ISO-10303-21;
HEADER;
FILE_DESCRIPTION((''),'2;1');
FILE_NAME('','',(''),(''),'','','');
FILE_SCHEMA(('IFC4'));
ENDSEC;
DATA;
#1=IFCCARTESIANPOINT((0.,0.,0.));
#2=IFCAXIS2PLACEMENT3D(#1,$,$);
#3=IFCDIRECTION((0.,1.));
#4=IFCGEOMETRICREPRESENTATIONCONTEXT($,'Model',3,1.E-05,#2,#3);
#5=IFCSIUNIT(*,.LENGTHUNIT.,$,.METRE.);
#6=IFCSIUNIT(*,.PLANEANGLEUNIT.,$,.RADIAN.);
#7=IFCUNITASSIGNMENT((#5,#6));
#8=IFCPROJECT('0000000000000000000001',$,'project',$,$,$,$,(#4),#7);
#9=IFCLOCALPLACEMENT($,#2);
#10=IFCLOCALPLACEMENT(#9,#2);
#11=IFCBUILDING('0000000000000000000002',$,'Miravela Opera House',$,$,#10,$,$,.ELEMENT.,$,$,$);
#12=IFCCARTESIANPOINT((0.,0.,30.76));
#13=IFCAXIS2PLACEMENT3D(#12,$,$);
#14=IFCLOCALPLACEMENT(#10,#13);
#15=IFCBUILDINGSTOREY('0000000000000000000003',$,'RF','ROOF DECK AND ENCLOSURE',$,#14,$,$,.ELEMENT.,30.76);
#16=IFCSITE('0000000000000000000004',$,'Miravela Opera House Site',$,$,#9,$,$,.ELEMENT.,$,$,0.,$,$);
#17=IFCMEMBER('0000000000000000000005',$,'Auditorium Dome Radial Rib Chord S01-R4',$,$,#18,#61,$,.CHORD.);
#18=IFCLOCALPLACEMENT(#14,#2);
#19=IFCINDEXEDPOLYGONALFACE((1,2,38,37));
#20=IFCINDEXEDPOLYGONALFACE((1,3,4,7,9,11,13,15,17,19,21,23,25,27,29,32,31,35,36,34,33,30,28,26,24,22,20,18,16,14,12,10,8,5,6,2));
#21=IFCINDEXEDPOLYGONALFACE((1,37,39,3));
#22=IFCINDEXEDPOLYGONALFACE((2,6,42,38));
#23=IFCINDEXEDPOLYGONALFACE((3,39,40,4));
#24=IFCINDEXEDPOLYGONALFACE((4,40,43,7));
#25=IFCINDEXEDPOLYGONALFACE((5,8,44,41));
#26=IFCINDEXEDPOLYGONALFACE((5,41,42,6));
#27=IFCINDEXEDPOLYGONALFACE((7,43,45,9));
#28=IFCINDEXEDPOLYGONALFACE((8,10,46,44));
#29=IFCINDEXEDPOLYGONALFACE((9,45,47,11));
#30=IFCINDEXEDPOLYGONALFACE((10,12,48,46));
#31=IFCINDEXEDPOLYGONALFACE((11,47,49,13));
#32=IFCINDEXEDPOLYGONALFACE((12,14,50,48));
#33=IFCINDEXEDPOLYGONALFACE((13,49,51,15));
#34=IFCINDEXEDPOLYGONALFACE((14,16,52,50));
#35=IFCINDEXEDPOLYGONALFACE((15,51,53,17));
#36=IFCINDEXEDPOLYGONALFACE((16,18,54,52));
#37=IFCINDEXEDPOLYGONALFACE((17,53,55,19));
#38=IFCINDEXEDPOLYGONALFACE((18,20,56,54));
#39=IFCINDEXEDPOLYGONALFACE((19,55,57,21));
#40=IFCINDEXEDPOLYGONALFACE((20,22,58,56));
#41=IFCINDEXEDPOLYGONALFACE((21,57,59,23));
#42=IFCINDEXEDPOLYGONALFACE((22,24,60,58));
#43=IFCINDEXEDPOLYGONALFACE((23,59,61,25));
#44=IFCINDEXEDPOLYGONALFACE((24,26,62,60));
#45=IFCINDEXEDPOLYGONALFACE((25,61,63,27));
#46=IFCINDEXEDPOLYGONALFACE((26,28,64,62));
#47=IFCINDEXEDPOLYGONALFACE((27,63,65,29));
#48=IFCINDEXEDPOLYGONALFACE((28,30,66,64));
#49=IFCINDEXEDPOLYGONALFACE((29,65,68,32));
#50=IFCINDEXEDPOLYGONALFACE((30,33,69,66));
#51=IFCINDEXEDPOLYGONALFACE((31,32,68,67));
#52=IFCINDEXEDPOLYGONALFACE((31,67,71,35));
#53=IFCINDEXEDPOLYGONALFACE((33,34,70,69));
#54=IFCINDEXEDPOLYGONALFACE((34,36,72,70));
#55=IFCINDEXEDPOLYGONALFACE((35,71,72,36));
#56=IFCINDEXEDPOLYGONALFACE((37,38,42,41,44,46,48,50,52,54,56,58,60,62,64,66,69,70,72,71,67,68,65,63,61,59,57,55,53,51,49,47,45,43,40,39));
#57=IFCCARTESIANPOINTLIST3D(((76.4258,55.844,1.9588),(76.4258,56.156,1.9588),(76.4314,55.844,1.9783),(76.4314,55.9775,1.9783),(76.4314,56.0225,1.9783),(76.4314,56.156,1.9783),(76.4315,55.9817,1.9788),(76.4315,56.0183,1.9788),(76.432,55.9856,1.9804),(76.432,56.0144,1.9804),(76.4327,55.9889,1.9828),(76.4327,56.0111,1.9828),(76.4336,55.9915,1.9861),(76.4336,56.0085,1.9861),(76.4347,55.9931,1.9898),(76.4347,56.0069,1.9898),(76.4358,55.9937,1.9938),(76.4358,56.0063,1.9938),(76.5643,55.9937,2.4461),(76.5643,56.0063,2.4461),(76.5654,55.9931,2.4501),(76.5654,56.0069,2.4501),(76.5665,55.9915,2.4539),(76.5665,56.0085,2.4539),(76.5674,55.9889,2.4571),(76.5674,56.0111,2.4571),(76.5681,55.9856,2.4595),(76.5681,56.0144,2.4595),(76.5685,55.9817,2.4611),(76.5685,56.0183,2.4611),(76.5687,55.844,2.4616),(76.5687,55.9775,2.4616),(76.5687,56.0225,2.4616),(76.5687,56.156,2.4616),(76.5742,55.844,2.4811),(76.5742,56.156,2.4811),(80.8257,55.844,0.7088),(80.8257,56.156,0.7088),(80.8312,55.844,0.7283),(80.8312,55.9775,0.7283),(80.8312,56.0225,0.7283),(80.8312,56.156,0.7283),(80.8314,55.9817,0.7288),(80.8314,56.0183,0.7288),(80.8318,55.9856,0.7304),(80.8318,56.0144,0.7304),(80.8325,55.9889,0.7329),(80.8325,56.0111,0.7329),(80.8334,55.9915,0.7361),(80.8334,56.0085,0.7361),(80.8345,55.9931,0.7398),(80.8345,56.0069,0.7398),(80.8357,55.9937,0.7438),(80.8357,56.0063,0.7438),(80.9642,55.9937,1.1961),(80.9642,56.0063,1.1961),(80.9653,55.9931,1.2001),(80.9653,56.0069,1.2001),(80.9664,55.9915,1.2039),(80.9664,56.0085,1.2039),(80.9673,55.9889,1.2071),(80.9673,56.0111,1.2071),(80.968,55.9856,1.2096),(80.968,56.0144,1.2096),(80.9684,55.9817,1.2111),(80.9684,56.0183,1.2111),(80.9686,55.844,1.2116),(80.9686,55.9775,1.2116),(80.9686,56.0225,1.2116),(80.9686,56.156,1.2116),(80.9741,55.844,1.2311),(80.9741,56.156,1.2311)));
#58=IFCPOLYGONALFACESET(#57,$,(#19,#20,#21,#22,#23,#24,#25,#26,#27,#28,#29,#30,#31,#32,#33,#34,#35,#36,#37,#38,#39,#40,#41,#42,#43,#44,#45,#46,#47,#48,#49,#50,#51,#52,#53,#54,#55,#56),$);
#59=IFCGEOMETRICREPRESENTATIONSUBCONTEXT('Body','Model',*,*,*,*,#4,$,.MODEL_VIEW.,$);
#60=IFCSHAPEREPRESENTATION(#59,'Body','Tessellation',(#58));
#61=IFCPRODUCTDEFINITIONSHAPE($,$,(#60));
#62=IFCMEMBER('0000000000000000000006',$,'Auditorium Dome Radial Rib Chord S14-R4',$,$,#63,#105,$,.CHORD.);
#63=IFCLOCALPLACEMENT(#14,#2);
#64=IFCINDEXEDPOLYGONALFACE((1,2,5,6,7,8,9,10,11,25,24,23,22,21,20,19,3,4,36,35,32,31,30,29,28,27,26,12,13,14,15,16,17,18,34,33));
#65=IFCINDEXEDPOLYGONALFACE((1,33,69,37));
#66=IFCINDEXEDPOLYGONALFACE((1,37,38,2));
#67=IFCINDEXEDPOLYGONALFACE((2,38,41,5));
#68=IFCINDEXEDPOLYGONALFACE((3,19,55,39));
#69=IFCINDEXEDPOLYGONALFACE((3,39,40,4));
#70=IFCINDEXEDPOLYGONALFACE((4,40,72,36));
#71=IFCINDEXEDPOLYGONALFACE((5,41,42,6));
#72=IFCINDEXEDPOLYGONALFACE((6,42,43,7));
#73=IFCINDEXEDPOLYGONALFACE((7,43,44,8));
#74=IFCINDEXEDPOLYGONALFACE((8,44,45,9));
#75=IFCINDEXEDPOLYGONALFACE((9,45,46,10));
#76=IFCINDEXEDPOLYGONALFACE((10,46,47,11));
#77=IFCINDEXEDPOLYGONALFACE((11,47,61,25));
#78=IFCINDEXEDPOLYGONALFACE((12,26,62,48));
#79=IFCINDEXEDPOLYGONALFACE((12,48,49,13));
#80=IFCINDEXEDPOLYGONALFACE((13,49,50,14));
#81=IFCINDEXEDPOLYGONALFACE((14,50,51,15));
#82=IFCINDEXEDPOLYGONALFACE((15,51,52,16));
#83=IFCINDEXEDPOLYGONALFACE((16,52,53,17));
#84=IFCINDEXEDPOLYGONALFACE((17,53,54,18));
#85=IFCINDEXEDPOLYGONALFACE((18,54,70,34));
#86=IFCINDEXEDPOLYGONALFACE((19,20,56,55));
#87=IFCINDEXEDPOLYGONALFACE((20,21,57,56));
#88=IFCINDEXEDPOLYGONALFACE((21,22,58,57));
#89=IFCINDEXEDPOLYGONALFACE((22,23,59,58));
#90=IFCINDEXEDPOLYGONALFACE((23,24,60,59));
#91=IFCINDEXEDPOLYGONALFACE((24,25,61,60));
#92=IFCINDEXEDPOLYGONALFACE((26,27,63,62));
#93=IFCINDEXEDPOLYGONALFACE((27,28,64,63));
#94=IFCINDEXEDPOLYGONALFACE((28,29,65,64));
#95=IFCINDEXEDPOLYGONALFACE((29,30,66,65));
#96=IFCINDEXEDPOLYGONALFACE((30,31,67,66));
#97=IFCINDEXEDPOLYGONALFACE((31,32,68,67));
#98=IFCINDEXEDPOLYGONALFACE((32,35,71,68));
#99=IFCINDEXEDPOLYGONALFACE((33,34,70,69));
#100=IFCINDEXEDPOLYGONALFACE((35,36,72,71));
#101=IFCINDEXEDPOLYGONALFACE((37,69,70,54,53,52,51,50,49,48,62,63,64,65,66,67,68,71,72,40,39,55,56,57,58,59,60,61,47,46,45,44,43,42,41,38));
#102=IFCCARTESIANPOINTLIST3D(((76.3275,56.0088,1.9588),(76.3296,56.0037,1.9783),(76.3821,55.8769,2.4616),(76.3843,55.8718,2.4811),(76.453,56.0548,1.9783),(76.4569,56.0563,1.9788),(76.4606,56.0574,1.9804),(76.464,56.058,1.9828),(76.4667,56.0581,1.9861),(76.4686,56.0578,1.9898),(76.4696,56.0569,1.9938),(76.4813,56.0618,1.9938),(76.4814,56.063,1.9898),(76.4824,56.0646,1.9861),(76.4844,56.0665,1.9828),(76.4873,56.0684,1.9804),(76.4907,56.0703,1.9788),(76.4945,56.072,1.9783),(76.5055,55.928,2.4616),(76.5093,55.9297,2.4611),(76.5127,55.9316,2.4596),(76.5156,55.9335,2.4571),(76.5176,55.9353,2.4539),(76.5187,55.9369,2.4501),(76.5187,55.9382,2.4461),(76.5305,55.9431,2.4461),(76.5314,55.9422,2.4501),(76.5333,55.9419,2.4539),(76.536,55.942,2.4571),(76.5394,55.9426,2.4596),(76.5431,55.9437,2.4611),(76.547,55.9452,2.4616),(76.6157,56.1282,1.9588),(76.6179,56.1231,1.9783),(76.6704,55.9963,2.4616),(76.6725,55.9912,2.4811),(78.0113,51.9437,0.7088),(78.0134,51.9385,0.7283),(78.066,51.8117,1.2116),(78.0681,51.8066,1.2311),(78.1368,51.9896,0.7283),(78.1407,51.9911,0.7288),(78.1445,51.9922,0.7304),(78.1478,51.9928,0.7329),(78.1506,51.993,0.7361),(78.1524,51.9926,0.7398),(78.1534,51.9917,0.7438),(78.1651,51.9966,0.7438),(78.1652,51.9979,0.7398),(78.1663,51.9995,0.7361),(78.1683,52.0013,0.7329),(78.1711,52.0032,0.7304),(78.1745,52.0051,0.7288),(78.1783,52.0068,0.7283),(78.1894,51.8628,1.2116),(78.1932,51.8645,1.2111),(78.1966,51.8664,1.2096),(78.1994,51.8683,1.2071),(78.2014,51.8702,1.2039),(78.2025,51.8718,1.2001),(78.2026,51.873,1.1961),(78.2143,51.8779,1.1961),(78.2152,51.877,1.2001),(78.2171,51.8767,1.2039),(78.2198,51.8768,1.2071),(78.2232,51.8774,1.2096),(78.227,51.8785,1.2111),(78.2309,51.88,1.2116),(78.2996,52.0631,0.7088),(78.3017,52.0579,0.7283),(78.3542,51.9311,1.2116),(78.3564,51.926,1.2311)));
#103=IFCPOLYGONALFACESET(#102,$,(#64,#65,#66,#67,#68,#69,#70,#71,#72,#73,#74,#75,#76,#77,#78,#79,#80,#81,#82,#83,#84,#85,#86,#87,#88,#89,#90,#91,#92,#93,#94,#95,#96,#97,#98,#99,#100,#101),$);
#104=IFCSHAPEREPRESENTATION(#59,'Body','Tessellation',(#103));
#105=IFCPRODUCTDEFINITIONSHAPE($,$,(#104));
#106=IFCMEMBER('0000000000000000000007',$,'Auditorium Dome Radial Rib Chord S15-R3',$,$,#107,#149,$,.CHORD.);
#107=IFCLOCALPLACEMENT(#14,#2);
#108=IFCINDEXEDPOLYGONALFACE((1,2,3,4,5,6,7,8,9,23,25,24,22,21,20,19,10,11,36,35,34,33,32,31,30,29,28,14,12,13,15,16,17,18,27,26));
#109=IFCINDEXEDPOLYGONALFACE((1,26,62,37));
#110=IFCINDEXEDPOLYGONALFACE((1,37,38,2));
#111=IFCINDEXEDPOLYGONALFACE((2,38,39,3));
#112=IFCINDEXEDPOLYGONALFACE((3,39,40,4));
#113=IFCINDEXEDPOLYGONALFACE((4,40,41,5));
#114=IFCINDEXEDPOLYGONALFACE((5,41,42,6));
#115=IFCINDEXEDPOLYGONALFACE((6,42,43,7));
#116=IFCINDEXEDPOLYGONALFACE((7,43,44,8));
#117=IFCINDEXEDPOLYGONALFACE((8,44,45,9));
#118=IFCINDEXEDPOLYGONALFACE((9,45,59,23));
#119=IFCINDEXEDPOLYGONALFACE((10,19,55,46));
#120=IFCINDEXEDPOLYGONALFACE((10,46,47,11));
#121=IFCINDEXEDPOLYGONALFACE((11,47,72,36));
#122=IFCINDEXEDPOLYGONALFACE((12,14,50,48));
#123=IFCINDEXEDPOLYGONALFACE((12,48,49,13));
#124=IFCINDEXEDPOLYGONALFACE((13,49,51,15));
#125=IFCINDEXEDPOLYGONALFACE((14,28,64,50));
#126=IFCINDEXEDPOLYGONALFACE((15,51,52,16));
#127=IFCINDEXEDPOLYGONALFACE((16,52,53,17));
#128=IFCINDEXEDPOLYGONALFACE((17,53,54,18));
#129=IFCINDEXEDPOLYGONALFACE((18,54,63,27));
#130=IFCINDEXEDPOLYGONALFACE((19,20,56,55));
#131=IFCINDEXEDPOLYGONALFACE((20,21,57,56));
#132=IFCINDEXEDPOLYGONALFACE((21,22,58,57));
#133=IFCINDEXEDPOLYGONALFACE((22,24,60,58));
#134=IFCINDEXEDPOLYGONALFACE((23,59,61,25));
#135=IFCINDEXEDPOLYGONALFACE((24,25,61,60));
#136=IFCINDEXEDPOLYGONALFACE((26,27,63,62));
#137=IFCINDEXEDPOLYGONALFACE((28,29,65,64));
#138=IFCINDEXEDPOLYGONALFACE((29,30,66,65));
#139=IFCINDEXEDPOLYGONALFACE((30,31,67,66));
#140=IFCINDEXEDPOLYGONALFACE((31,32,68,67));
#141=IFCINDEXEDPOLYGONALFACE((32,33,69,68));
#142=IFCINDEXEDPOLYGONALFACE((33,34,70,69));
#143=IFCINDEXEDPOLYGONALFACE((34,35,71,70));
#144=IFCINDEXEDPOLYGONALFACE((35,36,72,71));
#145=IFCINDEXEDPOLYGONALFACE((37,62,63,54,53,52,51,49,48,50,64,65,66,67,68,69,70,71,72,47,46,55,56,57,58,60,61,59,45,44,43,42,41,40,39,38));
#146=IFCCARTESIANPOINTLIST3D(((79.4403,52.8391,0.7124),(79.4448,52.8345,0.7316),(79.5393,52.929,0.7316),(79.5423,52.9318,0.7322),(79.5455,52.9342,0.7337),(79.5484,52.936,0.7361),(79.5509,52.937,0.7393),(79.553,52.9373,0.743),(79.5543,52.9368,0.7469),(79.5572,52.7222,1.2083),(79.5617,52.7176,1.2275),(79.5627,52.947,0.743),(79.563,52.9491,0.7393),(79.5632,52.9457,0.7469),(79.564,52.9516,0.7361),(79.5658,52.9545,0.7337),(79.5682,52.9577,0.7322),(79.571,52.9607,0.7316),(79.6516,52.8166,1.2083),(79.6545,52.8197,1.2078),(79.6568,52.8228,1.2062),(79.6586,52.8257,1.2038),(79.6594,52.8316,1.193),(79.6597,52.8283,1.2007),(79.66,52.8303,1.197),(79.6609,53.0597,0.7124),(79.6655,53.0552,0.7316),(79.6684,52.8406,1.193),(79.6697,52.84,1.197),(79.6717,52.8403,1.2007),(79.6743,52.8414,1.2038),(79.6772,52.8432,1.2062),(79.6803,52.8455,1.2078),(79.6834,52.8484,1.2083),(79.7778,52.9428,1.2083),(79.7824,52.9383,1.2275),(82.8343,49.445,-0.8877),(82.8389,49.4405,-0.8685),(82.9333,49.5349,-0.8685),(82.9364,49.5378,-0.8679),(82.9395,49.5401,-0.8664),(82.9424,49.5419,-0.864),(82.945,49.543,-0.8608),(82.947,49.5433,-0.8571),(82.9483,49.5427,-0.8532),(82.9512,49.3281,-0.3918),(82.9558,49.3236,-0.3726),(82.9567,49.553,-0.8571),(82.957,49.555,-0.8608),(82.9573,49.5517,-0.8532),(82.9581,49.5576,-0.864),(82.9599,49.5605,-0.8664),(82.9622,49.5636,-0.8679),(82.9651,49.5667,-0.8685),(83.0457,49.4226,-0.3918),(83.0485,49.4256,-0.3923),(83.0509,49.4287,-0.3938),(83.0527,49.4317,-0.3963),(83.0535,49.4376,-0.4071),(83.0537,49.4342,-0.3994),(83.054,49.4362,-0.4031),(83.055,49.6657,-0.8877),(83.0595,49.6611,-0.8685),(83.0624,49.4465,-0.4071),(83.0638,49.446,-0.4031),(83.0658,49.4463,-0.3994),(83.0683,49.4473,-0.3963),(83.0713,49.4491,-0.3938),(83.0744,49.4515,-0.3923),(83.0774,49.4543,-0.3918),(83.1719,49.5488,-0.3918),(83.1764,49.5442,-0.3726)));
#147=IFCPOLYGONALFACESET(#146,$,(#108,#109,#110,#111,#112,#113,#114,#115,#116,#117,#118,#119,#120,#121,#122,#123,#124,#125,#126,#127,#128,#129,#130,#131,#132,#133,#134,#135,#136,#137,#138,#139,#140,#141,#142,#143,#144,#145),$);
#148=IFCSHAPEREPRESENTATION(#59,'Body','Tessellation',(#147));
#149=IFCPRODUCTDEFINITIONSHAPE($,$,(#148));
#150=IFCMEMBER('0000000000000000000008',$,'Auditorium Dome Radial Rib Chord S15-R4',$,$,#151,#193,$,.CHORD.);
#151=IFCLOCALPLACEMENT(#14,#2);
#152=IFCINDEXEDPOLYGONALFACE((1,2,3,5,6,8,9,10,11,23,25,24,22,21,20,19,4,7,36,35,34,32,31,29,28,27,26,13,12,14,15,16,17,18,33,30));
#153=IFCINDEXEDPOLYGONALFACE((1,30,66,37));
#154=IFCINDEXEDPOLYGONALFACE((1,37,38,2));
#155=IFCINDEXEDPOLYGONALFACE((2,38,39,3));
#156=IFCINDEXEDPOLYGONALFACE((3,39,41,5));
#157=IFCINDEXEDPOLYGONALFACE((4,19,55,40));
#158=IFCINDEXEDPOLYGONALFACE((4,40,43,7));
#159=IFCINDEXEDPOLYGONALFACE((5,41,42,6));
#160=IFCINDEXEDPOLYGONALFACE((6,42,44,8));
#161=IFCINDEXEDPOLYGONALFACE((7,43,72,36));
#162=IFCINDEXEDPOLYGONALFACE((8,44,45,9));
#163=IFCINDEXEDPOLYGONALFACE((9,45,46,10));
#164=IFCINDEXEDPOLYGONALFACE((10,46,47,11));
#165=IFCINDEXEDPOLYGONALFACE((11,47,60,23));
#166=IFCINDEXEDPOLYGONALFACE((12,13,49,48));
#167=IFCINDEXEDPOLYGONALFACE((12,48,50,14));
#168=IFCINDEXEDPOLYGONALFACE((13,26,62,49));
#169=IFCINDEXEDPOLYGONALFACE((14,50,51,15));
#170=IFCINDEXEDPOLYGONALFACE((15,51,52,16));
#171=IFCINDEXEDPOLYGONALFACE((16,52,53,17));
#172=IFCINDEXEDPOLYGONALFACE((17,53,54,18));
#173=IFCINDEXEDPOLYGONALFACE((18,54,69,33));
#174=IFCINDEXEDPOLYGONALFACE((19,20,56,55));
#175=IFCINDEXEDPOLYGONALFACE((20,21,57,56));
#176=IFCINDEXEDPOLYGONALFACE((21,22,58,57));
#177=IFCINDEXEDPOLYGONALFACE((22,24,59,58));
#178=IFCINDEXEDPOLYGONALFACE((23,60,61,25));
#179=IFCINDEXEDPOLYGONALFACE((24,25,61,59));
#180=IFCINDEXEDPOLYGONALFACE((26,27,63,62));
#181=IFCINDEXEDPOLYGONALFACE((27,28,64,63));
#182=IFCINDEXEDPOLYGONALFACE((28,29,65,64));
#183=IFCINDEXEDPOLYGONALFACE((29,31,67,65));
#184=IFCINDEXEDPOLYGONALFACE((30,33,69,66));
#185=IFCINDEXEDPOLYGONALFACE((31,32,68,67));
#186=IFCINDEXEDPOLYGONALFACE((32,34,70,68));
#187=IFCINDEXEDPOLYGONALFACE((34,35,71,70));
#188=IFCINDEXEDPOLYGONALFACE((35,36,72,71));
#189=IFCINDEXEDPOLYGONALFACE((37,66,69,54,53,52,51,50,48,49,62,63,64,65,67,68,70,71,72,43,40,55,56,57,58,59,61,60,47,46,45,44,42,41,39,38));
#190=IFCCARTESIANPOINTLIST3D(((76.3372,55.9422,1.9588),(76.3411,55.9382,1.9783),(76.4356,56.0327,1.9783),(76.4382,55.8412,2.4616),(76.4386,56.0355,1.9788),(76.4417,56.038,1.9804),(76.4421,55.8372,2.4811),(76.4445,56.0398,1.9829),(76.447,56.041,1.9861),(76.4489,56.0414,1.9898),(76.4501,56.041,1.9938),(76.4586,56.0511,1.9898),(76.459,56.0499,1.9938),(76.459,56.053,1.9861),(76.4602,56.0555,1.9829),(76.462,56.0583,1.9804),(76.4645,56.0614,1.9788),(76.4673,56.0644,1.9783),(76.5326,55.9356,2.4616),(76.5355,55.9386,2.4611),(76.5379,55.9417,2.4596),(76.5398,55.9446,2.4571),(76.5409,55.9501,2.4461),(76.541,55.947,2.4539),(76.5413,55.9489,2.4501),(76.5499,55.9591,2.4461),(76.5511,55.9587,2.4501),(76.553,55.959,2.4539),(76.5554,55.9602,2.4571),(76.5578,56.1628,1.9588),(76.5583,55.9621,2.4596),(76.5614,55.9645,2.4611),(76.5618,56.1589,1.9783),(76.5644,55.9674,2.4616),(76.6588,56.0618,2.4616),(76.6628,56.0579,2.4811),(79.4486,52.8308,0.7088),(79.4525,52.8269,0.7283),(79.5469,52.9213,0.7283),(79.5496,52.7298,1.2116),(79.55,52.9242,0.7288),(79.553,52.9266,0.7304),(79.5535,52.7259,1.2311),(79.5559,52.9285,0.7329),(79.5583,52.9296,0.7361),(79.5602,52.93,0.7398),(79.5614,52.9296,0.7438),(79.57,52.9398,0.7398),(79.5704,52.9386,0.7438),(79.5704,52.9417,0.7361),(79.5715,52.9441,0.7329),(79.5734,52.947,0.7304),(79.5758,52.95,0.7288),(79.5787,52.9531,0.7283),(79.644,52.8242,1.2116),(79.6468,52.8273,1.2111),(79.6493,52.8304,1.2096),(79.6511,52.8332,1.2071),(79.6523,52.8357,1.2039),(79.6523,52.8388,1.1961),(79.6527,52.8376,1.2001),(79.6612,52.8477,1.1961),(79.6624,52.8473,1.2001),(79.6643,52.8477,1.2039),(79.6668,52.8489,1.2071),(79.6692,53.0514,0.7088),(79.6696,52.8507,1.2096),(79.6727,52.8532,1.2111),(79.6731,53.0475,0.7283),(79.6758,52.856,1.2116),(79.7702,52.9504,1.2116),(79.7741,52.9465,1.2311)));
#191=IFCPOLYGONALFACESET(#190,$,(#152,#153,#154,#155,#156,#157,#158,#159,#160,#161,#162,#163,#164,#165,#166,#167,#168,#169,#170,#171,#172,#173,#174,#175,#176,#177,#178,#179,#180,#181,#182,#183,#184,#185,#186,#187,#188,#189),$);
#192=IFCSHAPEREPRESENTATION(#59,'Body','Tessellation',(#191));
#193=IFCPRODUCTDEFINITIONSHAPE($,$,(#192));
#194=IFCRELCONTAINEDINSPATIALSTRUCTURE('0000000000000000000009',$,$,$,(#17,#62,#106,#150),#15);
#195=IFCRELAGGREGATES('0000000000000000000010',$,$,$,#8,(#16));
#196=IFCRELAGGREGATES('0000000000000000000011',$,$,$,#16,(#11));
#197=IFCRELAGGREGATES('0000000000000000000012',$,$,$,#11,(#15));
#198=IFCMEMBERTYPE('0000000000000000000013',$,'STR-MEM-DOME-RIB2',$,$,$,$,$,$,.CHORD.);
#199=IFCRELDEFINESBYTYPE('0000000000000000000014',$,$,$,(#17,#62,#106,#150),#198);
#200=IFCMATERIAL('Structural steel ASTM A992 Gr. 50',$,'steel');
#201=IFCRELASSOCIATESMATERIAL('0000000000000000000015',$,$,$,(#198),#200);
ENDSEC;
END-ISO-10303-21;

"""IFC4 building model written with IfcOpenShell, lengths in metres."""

from ifc_helpers import new_model, si_unit, direction, frame, origin, origin_2d, place, context, subcontext, project, spatial, i_section, extrude, material, material_profile, profile_set, type_object, element, save


model = new_model("IFC4")

# Units and contexts
model_context = context("Model", 3, precision=1e-05, world=origin(), true_north=direction((0.0, 1.0)))
body_context = subcontext(model_context, "Body", "Model", "MODEL_VIEW")
ifc_project = project(units=[si_unit("LENGTHUNIT", "METRE"), si_unit("PLANEANGLEUNIT", "RADIAN")], contexts=[model_context])

# Site, building, storey
site_placement = place(None, origin())
site = spatial("IfcSite", under=ifc_project, at=site_placement, Name="Miravela Opera House Site", CompositionType="ELEMENT", RefElevation=0.0)
building_placement = place(site_placement, origin())
building = spatial("IfcBuilding", under=site, at=building_placement, Name="Miravela Opera House", CompositionType="ELEMENT")
storey_placement = place(building_placement, frame((0.0, 0.0, 30.76)))
storey = spatial("IfcBuildingStorey", under=building, at=storey_placement, Name="RF", Description="ROOF DECK AND ENCLOSURE", CompositionType="ELEMENT", Elevation=30.76)

# Shared definitions
ifc_material_1 = material(Name="Structural steel ASTM A992 Gr. 50", Category="steel")

# Members
ifc_material_profile_1 = material_profile(ifc_material_1, i_section(OverallWidth=0.312, OverallDepth=0.543, WebThickness=0.0127, FlangeThickness=0.0203, FilletRadius=0.0161, at=origin_2d()), Name="W530X150")
ifc_profile_set_1 = profile_set([ifc_material_profile_1])
member_type_1 = type_object("IfcMemberType", Name="STR-MEM-DOME-RIB2", PredefinedType="CHORD", material=ifc_profile_set_1)
member_1_placement = place(storey_placement, frame((80.8999, 56.0, 0.97), z_axis=(-0.961934, 0.0, 0.273283), x_axis=(0.0, -1.0, 0.0)))
element("IfcMember", 1, at=member_1_placement, inside=storey, type_object=member_type_1, Name="Auditorium Dome Radial Rib Chord S01-R4", PredefinedType="CHORD", context=body_context, shape_type="SweptSolid", body=[
    extrude(i_section(OverallWidth=0.312, OverallDepth=0.543, WebThickness=0.0127, FlangeThickness=0.0203, FilletRadius=0.0161, at=origin_2d()), origin(), (0.0, 0.0, 1.0), 4.574),
])
member_2_placement = place(storey_placement, frame((78.1838, 51.9348, 0.97), z_axis=(-0.368114, 0.888715, 0.27327), x_axis=(-0.923881, -0.38268, 0.0)))
element("IfcMember", 2, at=member_2_placement, inside=storey, type_object=member_type_1, Name="Auditorium Dome Radial Rib Chord S14-R4", PredefinedType="CHORD", context=body_context, shape_type="SweptSolid", body=[
    extrude(i_section(OverallWidth=0.312, OverallDepth=0.543, WebThickness=0.0127, FlangeThickness=0.0203, FilletRadius=0.0161, at=origin_2d()), origin(), (0.0, 0.0, 1.0), 4.5742),
])
member_3_placement = place(storey_placement, frame((83.0054, 49.4946, -0.6301), z_axis=(-0.670815, 0.670815, 0.316251), x_axis=(-0.707107, -0.707107, 0.0)))
element("IfcMember", 3, at=member_3_placement, inside=storey, type_object=member_type_1, Name="Auditorium Dome Radial Rib Chord S15-R3", PredefinedType="CHORD", context=body_context, shape_type="SweptSolid", body=[
    extrude(i_section(OverallWidth=0.312, OverallDepth=0.543, WebThickness=0.0127, FlangeThickness=0.0203, FilletRadius=0.0161, at=origin_2d()), origin(), (0.0, 0.0, 1.0), 5.0596),
])
for number, where, z_axis, x_axis, name in (
    (4, (79.6113, 52.8887, 0.97), (-0.680192, 0.680192, 0.273272), (-0.707107, -0.707107, 0.0), "Auditorium Dome Radial Rib Chord S15-R4"),
):
    element("IfcMember", number, at=place(storey_placement, frame(where, z_axis=z_axis, x_axis=x_axis)), inside=storey, type_object=member_type_1, Name=name, PredefinedType="CHORD", context=body_context, shape_type="SweptSolid", body=[
        extrude(i_section(OverallWidth=0.312, OverallDepth=0.543, WebThickness=0.0127, FlangeThickness=0.0203, FilletRadius=0.0161, at=origin_2d()), origin(), (0.0, 0.0, 1.0), 4.5742),
    ])

save(model, "model.ifc")
